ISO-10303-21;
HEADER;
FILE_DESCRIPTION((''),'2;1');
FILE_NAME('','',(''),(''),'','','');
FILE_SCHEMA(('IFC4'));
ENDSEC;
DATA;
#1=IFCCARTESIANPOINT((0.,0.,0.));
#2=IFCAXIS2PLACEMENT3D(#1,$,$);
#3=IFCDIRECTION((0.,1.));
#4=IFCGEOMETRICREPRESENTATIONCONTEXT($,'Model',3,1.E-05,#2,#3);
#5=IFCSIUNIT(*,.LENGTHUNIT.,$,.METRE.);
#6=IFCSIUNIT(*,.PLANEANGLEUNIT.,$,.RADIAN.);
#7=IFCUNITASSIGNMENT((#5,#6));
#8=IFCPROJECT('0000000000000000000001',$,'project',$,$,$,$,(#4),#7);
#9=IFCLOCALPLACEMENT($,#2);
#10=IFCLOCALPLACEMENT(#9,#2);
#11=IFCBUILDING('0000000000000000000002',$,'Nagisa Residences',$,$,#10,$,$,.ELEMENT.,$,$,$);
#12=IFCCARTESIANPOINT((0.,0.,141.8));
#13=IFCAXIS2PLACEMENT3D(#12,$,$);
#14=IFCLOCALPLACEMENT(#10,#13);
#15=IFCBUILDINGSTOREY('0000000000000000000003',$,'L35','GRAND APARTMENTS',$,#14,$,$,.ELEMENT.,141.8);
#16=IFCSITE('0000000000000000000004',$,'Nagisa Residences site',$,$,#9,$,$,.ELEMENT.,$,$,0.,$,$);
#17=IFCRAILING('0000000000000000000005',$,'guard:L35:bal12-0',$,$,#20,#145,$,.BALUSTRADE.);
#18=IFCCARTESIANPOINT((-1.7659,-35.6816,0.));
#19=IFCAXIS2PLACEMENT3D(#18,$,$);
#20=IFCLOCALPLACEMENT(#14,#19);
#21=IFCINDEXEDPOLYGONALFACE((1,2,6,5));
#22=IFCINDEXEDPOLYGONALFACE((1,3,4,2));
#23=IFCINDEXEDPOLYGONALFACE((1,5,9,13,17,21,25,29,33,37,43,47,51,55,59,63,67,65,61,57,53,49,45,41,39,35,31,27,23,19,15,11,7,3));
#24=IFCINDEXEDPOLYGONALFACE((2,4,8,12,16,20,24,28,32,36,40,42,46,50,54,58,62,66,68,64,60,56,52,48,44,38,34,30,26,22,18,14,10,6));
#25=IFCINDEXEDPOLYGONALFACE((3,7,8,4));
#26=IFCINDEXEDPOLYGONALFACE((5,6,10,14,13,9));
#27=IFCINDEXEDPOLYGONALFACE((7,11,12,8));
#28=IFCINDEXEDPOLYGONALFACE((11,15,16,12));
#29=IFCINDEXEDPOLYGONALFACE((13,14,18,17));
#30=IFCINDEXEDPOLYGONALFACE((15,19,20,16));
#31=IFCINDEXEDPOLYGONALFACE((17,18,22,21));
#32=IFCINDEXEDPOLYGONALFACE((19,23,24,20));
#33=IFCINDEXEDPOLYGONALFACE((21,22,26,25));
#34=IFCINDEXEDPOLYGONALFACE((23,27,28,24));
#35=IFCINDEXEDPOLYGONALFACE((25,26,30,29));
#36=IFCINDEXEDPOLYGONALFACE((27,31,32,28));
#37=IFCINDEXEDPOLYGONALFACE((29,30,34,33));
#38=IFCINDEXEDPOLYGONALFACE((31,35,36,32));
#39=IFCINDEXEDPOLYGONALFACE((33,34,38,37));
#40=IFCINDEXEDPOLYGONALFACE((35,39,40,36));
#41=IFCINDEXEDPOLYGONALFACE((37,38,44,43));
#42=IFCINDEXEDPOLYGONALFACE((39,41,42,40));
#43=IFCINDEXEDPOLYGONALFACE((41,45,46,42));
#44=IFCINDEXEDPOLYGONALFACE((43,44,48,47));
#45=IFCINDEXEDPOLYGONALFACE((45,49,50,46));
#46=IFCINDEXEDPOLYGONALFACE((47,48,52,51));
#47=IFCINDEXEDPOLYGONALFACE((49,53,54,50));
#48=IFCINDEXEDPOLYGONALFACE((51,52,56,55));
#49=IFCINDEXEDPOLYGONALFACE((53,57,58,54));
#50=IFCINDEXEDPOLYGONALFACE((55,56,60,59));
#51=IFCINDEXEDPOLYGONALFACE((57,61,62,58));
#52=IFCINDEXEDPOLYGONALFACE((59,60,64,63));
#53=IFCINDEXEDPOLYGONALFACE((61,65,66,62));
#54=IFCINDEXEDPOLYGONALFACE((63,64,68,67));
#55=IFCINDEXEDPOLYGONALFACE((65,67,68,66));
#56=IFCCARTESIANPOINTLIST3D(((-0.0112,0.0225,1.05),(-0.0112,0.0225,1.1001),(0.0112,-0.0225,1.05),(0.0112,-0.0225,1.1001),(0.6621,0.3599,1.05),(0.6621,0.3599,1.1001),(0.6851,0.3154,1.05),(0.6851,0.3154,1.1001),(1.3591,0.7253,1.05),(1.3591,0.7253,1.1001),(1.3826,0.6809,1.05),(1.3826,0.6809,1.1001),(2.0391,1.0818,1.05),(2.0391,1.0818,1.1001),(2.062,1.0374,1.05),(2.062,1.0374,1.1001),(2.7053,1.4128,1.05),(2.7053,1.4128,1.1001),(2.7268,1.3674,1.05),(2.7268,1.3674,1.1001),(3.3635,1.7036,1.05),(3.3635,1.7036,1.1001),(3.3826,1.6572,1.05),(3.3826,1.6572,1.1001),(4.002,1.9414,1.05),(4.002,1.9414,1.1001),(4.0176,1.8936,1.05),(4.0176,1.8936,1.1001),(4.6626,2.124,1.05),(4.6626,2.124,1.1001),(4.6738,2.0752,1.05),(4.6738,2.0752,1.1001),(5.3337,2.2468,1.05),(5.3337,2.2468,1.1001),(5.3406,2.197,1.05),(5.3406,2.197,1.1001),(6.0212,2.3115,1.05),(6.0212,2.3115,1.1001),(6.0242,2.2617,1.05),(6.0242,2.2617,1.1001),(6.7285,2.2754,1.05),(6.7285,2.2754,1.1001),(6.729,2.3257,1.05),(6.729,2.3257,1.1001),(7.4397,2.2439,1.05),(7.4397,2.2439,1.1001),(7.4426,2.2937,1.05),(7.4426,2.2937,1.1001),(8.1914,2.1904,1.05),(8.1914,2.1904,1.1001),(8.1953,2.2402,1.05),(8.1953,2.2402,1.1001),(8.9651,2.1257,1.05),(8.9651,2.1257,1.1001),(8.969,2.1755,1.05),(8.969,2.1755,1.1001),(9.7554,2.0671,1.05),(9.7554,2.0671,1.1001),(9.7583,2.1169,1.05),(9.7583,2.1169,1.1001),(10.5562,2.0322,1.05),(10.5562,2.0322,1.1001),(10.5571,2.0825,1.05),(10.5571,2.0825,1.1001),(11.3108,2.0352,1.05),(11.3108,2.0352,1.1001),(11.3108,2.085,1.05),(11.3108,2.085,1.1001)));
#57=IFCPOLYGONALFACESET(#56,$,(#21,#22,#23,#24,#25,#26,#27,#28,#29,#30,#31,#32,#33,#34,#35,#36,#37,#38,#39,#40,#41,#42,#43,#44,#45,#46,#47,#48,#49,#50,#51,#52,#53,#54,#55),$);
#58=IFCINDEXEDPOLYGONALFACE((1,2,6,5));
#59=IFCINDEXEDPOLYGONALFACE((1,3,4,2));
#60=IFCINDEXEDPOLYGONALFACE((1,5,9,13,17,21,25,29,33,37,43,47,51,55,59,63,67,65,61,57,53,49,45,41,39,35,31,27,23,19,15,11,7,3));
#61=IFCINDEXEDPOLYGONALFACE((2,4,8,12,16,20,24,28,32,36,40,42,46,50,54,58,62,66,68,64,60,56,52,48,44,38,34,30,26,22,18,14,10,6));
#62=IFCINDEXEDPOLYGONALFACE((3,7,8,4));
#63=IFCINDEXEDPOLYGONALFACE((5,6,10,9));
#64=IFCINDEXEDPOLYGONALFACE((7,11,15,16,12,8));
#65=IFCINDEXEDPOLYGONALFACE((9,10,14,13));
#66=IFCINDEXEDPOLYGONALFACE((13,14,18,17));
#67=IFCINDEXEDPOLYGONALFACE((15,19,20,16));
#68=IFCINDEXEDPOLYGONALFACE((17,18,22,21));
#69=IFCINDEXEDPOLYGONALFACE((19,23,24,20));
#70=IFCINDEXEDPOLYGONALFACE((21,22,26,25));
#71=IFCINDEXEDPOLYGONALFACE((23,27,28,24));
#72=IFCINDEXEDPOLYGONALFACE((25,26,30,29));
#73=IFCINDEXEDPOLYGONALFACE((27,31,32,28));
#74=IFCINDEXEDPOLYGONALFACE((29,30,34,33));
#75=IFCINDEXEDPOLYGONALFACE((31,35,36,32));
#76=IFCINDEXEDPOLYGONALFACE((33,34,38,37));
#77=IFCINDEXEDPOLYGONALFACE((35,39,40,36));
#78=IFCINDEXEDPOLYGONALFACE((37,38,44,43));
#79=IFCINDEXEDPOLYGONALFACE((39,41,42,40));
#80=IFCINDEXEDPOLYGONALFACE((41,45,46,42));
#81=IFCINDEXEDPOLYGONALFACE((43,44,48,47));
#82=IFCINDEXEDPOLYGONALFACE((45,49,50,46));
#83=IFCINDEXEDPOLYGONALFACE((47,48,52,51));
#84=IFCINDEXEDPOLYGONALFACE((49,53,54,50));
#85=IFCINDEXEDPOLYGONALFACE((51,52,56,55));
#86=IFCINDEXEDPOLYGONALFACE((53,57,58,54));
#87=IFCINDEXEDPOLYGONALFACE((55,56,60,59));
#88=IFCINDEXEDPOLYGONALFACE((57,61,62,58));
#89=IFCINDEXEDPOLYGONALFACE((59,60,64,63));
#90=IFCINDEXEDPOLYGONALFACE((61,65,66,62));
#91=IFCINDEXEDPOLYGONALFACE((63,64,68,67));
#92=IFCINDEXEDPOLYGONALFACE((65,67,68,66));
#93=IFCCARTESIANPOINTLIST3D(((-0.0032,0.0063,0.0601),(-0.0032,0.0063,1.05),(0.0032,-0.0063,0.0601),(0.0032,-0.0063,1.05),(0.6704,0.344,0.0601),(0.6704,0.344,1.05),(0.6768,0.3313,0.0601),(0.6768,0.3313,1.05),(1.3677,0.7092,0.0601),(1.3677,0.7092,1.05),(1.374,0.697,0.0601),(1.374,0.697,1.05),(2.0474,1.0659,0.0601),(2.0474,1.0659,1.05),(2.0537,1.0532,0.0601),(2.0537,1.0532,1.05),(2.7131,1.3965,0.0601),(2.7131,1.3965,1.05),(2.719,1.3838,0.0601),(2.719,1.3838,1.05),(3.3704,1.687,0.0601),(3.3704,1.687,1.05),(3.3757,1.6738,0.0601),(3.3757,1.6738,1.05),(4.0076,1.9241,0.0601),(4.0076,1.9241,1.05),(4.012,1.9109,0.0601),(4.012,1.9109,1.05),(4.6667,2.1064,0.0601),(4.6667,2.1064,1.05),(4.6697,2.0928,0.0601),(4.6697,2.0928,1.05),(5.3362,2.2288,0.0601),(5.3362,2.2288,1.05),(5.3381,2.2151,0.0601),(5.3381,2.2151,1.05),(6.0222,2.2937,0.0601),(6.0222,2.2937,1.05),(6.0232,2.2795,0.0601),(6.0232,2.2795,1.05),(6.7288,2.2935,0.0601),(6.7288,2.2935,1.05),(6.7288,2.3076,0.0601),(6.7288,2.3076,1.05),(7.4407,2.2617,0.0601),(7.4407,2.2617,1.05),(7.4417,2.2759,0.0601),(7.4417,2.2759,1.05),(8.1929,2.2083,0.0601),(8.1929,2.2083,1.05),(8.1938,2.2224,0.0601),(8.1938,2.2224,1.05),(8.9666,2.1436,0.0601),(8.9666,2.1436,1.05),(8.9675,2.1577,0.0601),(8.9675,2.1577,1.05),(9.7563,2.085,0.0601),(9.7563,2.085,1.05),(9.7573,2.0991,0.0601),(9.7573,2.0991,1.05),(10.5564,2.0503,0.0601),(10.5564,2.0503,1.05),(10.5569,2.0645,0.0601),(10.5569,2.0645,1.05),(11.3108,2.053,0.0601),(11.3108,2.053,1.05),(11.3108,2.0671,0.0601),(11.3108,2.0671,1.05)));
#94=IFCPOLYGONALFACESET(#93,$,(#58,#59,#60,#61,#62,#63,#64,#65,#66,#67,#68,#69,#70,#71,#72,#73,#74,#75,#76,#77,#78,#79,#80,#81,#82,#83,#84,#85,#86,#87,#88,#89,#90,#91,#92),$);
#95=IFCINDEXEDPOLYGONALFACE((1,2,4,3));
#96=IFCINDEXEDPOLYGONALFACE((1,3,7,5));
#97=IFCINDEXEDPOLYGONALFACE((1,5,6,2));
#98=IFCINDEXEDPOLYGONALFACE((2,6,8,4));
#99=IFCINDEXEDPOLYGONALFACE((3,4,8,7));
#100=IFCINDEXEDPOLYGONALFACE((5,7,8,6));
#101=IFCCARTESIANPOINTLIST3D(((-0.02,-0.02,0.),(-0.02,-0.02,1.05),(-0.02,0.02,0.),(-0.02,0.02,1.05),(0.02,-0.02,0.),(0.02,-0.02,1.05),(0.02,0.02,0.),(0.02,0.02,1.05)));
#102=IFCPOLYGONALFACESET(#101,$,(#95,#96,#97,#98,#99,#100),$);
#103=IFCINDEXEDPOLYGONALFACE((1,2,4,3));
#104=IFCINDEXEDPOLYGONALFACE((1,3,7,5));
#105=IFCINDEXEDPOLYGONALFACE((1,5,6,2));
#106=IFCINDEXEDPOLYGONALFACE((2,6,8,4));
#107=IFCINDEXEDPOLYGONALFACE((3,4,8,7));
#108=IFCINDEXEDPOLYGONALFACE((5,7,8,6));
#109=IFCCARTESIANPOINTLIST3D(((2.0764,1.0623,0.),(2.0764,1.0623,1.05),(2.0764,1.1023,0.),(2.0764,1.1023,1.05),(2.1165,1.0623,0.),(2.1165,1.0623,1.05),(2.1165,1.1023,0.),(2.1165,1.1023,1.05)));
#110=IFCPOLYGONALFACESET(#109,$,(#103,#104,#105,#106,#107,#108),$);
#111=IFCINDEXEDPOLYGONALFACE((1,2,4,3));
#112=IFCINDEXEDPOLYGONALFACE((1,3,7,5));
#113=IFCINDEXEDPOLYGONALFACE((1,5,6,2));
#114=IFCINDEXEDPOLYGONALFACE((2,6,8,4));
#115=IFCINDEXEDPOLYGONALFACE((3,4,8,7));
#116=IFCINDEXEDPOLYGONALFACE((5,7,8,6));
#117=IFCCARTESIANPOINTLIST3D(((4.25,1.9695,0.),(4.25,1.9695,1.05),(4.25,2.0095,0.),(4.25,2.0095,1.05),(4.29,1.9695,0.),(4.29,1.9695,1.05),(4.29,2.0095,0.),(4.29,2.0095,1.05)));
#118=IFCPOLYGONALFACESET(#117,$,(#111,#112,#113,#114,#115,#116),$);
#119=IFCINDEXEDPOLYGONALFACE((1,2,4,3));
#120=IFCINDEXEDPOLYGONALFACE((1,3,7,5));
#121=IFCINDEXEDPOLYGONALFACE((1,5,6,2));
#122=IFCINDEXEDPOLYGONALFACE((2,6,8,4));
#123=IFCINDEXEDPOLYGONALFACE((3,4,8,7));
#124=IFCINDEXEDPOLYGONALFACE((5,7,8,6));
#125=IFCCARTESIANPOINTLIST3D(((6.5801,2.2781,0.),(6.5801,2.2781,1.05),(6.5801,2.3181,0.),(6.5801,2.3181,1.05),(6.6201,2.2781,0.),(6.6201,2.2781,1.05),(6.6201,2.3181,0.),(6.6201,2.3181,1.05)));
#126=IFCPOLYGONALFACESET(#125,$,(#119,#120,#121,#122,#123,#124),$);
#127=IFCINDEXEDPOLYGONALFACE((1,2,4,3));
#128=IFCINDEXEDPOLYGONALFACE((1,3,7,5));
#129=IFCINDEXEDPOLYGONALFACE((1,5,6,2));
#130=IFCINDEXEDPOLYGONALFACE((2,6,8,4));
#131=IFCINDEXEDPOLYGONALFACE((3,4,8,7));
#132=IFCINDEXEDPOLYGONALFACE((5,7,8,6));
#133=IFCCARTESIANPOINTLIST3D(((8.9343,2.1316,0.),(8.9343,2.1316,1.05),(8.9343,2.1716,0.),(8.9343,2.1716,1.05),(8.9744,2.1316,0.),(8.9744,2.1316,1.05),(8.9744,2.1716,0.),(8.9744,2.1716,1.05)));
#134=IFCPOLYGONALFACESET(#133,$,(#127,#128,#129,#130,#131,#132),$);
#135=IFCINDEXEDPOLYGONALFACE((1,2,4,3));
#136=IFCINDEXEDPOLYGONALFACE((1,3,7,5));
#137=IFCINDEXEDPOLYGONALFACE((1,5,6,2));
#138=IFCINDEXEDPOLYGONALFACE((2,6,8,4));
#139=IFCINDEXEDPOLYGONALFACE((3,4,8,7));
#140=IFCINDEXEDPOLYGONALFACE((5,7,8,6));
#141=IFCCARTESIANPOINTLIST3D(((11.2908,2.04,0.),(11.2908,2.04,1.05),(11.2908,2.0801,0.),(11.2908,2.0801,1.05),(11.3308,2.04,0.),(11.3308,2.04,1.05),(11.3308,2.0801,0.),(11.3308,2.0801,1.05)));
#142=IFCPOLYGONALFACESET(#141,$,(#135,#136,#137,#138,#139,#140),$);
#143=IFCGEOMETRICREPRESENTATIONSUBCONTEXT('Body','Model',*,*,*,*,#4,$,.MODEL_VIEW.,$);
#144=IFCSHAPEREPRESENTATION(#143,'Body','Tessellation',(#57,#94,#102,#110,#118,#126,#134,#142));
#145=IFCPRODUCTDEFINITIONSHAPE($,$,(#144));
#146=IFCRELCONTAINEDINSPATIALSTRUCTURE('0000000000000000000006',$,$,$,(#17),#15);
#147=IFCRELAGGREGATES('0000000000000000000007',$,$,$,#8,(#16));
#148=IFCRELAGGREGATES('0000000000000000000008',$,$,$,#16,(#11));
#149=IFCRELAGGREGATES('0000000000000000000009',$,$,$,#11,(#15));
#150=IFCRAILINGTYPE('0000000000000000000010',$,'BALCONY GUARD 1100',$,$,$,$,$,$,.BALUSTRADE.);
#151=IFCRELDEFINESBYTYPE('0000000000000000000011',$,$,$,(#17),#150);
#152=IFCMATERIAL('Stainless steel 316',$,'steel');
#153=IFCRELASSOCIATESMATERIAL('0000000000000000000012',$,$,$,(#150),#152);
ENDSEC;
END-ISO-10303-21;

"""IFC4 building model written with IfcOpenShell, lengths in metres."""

from ifc_helpers import new_model, si_unit, direction, frame, origin, origin_2d, place, context, subcontext, project, spatial, polyline, rectangle, outline, extrude, material, type_object, element, save


model = new_model("IFC4")

# Units and contexts
model_context = context("Model", 3, precision=1e-05, world=origin(), true_north=direction((0.0, 1.0)))
body_context = subcontext(model_context, "Body", "Model", "MODEL_VIEW")
ifc_project = project(units=[si_unit("LENGTHUNIT", "METRE"), si_unit("PLANEANGLEUNIT", "RADIAN")], contexts=[model_context])

# Site, building, storey
site_placement = place(None, origin())
site = spatial("IfcSite", under=ifc_project, at=site_placement, Name="Nagisa Residences site", CompositionType="ELEMENT", RefElevation=0.0)
building_placement = place(site_placement, origin())
building = spatial("IfcBuilding", under=site, at=building_placement, Name="Nagisa Residences", CompositionType="ELEMENT")
storey_placement = place(building_placement, frame((0.0, 0.0, 141.8)))
storey = spatial("IfcBuildingStorey", under=building, at=storey_placement, Name="L35", Description="GRAND APARTMENTS", CompositionType="ELEMENT", Elevation=141.8)

# Railing
ifc_material_1 = material(Name="Stainless steel 316", Category="steel")
railing_type = type_object("IfcRailingType", Name="BALCONY GUARD 1100", PredefinedType="BALUSTRADE", material=ifc_material_1)
railing_1_placement = place(storey_placement, frame((-1.7659, -35.6816, 0.0)))
element("IfcRailing", 1, at=railing_1_placement, inside=storey, type_object=railing_type, Name="guard:L35:bal12-0", PredefinedType="BALUSTRADE", context=body_context, shape_type="SweptSolid", body=[
    extrude(outline(polyline([(0.6621, 0.3599), (-0.0112, 0.0225), (0.0112, -0.0225), (0.6851, 0.3154), (1.3826, 0.6809), (2.062, 1.0374), (2.7268, 1.3674), (3.3826, 1.6572), (4.0176, 1.8936), (4.6738, 2.0752), (5.3406, 2.197), (6.0242, 2.2617), (6.7285, 2.2754), (7.4397, 2.2439), (8.1914, 2.1904), (8.9651, 2.1257), (9.7554, 2.0671), (10.5562, 2.0322), (11.3108, 2.0352), (11.3108, 2.085), (10.5571, 2.0825), (9.7583, 2.1169), (8.969, 2.1755), (8.1953, 2.2402), (7.4426, 2.2937), (6.729, 2.3257), (6.0212, 2.3115), (5.3337, 2.2468), (4.6626, 2.124), (4.002, 1.9414), (3.3635, 1.7036), (2.7053, 1.4128), (2.0391, 1.0818), (1.3591, 0.7253), (0.6621, 0.3599)])), frame((0.0, 0.0, 1.05)), (0.0, 0.0, 1.0), 0.05),
    extrude(outline(polyline([(0.6704, 0.344), (-0.0032, 0.0063), (0.0032, -0.0063), (0.6768, 0.3313), (1.374, 0.697), (2.0537, 1.0532), (2.719, 1.3838), (3.3757, 1.6738), (4.012, 1.9109), (4.6697, 2.0928), (5.3381, 2.2151), (6.0232, 2.2795), (6.7288, 2.2935), (7.4407, 2.2617), (8.1929, 2.2083), (8.9666, 2.1436), (9.7563, 2.085), (10.5564, 2.0503), (11.3108, 2.053), (11.3108, 2.0671), (10.5569, 2.0645), (9.7573, 2.0991), (8.9675, 2.1577), (8.1938, 2.2224), (7.4417, 2.2759), (6.7288, 2.3076), (6.0222, 2.2937), (5.3362, 2.2288), (4.6667, 2.1064), (4.0076, 1.9241), (3.3704, 1.687), (2.7131, 1.3965), (2.0474, 1.0659), (1.3677, 0.7092), (0.6704, 0.344)])), frame((0.0, 0.0, 0.0601)), (0.0, 0.0, 1.0), 0.99),
    extrude(rectangle(XDim=0.04, YDim=0.04, at=origin_2d()), origin(), (0.0, 0.0, 1.0), 1.05),
    extrude(rectangle(XDim=0.04, YDim=0.04, at=origin_2d()), frame((2.0964, 1.0823, 0.0)), (0.0, 0.0, 1.0), 1.05),
    extrude(rectangle(XDim=0.04, YDim=0.04, at=origin_2d()), frame((4.27, 1.9895, 0.0)), (0.0, 0.0, 1.0), 1.05),
    extrude(rectangle(XDim=0.04, YDim=0.04, at=origin_2d()), frame((6.6001, 2.2981, 0.0)), (0.0, 0.0, 1.0), 1.05),
    extrude(rectangle(XDim=0.04, YDim=0.04, at=origin_2d()), frame((8.9543, 2.1516, 0.0)), (0.0, 0.0, 1.0), 1.05),
    extrude(rectangle(XDim=0.04, YDim=0.04, at=origin_2d()), frame((11.3108, 2.0601, 0.0)), (0.0, 0.0, 1.0), 1.05),
])

save(model, "model.ifc")
